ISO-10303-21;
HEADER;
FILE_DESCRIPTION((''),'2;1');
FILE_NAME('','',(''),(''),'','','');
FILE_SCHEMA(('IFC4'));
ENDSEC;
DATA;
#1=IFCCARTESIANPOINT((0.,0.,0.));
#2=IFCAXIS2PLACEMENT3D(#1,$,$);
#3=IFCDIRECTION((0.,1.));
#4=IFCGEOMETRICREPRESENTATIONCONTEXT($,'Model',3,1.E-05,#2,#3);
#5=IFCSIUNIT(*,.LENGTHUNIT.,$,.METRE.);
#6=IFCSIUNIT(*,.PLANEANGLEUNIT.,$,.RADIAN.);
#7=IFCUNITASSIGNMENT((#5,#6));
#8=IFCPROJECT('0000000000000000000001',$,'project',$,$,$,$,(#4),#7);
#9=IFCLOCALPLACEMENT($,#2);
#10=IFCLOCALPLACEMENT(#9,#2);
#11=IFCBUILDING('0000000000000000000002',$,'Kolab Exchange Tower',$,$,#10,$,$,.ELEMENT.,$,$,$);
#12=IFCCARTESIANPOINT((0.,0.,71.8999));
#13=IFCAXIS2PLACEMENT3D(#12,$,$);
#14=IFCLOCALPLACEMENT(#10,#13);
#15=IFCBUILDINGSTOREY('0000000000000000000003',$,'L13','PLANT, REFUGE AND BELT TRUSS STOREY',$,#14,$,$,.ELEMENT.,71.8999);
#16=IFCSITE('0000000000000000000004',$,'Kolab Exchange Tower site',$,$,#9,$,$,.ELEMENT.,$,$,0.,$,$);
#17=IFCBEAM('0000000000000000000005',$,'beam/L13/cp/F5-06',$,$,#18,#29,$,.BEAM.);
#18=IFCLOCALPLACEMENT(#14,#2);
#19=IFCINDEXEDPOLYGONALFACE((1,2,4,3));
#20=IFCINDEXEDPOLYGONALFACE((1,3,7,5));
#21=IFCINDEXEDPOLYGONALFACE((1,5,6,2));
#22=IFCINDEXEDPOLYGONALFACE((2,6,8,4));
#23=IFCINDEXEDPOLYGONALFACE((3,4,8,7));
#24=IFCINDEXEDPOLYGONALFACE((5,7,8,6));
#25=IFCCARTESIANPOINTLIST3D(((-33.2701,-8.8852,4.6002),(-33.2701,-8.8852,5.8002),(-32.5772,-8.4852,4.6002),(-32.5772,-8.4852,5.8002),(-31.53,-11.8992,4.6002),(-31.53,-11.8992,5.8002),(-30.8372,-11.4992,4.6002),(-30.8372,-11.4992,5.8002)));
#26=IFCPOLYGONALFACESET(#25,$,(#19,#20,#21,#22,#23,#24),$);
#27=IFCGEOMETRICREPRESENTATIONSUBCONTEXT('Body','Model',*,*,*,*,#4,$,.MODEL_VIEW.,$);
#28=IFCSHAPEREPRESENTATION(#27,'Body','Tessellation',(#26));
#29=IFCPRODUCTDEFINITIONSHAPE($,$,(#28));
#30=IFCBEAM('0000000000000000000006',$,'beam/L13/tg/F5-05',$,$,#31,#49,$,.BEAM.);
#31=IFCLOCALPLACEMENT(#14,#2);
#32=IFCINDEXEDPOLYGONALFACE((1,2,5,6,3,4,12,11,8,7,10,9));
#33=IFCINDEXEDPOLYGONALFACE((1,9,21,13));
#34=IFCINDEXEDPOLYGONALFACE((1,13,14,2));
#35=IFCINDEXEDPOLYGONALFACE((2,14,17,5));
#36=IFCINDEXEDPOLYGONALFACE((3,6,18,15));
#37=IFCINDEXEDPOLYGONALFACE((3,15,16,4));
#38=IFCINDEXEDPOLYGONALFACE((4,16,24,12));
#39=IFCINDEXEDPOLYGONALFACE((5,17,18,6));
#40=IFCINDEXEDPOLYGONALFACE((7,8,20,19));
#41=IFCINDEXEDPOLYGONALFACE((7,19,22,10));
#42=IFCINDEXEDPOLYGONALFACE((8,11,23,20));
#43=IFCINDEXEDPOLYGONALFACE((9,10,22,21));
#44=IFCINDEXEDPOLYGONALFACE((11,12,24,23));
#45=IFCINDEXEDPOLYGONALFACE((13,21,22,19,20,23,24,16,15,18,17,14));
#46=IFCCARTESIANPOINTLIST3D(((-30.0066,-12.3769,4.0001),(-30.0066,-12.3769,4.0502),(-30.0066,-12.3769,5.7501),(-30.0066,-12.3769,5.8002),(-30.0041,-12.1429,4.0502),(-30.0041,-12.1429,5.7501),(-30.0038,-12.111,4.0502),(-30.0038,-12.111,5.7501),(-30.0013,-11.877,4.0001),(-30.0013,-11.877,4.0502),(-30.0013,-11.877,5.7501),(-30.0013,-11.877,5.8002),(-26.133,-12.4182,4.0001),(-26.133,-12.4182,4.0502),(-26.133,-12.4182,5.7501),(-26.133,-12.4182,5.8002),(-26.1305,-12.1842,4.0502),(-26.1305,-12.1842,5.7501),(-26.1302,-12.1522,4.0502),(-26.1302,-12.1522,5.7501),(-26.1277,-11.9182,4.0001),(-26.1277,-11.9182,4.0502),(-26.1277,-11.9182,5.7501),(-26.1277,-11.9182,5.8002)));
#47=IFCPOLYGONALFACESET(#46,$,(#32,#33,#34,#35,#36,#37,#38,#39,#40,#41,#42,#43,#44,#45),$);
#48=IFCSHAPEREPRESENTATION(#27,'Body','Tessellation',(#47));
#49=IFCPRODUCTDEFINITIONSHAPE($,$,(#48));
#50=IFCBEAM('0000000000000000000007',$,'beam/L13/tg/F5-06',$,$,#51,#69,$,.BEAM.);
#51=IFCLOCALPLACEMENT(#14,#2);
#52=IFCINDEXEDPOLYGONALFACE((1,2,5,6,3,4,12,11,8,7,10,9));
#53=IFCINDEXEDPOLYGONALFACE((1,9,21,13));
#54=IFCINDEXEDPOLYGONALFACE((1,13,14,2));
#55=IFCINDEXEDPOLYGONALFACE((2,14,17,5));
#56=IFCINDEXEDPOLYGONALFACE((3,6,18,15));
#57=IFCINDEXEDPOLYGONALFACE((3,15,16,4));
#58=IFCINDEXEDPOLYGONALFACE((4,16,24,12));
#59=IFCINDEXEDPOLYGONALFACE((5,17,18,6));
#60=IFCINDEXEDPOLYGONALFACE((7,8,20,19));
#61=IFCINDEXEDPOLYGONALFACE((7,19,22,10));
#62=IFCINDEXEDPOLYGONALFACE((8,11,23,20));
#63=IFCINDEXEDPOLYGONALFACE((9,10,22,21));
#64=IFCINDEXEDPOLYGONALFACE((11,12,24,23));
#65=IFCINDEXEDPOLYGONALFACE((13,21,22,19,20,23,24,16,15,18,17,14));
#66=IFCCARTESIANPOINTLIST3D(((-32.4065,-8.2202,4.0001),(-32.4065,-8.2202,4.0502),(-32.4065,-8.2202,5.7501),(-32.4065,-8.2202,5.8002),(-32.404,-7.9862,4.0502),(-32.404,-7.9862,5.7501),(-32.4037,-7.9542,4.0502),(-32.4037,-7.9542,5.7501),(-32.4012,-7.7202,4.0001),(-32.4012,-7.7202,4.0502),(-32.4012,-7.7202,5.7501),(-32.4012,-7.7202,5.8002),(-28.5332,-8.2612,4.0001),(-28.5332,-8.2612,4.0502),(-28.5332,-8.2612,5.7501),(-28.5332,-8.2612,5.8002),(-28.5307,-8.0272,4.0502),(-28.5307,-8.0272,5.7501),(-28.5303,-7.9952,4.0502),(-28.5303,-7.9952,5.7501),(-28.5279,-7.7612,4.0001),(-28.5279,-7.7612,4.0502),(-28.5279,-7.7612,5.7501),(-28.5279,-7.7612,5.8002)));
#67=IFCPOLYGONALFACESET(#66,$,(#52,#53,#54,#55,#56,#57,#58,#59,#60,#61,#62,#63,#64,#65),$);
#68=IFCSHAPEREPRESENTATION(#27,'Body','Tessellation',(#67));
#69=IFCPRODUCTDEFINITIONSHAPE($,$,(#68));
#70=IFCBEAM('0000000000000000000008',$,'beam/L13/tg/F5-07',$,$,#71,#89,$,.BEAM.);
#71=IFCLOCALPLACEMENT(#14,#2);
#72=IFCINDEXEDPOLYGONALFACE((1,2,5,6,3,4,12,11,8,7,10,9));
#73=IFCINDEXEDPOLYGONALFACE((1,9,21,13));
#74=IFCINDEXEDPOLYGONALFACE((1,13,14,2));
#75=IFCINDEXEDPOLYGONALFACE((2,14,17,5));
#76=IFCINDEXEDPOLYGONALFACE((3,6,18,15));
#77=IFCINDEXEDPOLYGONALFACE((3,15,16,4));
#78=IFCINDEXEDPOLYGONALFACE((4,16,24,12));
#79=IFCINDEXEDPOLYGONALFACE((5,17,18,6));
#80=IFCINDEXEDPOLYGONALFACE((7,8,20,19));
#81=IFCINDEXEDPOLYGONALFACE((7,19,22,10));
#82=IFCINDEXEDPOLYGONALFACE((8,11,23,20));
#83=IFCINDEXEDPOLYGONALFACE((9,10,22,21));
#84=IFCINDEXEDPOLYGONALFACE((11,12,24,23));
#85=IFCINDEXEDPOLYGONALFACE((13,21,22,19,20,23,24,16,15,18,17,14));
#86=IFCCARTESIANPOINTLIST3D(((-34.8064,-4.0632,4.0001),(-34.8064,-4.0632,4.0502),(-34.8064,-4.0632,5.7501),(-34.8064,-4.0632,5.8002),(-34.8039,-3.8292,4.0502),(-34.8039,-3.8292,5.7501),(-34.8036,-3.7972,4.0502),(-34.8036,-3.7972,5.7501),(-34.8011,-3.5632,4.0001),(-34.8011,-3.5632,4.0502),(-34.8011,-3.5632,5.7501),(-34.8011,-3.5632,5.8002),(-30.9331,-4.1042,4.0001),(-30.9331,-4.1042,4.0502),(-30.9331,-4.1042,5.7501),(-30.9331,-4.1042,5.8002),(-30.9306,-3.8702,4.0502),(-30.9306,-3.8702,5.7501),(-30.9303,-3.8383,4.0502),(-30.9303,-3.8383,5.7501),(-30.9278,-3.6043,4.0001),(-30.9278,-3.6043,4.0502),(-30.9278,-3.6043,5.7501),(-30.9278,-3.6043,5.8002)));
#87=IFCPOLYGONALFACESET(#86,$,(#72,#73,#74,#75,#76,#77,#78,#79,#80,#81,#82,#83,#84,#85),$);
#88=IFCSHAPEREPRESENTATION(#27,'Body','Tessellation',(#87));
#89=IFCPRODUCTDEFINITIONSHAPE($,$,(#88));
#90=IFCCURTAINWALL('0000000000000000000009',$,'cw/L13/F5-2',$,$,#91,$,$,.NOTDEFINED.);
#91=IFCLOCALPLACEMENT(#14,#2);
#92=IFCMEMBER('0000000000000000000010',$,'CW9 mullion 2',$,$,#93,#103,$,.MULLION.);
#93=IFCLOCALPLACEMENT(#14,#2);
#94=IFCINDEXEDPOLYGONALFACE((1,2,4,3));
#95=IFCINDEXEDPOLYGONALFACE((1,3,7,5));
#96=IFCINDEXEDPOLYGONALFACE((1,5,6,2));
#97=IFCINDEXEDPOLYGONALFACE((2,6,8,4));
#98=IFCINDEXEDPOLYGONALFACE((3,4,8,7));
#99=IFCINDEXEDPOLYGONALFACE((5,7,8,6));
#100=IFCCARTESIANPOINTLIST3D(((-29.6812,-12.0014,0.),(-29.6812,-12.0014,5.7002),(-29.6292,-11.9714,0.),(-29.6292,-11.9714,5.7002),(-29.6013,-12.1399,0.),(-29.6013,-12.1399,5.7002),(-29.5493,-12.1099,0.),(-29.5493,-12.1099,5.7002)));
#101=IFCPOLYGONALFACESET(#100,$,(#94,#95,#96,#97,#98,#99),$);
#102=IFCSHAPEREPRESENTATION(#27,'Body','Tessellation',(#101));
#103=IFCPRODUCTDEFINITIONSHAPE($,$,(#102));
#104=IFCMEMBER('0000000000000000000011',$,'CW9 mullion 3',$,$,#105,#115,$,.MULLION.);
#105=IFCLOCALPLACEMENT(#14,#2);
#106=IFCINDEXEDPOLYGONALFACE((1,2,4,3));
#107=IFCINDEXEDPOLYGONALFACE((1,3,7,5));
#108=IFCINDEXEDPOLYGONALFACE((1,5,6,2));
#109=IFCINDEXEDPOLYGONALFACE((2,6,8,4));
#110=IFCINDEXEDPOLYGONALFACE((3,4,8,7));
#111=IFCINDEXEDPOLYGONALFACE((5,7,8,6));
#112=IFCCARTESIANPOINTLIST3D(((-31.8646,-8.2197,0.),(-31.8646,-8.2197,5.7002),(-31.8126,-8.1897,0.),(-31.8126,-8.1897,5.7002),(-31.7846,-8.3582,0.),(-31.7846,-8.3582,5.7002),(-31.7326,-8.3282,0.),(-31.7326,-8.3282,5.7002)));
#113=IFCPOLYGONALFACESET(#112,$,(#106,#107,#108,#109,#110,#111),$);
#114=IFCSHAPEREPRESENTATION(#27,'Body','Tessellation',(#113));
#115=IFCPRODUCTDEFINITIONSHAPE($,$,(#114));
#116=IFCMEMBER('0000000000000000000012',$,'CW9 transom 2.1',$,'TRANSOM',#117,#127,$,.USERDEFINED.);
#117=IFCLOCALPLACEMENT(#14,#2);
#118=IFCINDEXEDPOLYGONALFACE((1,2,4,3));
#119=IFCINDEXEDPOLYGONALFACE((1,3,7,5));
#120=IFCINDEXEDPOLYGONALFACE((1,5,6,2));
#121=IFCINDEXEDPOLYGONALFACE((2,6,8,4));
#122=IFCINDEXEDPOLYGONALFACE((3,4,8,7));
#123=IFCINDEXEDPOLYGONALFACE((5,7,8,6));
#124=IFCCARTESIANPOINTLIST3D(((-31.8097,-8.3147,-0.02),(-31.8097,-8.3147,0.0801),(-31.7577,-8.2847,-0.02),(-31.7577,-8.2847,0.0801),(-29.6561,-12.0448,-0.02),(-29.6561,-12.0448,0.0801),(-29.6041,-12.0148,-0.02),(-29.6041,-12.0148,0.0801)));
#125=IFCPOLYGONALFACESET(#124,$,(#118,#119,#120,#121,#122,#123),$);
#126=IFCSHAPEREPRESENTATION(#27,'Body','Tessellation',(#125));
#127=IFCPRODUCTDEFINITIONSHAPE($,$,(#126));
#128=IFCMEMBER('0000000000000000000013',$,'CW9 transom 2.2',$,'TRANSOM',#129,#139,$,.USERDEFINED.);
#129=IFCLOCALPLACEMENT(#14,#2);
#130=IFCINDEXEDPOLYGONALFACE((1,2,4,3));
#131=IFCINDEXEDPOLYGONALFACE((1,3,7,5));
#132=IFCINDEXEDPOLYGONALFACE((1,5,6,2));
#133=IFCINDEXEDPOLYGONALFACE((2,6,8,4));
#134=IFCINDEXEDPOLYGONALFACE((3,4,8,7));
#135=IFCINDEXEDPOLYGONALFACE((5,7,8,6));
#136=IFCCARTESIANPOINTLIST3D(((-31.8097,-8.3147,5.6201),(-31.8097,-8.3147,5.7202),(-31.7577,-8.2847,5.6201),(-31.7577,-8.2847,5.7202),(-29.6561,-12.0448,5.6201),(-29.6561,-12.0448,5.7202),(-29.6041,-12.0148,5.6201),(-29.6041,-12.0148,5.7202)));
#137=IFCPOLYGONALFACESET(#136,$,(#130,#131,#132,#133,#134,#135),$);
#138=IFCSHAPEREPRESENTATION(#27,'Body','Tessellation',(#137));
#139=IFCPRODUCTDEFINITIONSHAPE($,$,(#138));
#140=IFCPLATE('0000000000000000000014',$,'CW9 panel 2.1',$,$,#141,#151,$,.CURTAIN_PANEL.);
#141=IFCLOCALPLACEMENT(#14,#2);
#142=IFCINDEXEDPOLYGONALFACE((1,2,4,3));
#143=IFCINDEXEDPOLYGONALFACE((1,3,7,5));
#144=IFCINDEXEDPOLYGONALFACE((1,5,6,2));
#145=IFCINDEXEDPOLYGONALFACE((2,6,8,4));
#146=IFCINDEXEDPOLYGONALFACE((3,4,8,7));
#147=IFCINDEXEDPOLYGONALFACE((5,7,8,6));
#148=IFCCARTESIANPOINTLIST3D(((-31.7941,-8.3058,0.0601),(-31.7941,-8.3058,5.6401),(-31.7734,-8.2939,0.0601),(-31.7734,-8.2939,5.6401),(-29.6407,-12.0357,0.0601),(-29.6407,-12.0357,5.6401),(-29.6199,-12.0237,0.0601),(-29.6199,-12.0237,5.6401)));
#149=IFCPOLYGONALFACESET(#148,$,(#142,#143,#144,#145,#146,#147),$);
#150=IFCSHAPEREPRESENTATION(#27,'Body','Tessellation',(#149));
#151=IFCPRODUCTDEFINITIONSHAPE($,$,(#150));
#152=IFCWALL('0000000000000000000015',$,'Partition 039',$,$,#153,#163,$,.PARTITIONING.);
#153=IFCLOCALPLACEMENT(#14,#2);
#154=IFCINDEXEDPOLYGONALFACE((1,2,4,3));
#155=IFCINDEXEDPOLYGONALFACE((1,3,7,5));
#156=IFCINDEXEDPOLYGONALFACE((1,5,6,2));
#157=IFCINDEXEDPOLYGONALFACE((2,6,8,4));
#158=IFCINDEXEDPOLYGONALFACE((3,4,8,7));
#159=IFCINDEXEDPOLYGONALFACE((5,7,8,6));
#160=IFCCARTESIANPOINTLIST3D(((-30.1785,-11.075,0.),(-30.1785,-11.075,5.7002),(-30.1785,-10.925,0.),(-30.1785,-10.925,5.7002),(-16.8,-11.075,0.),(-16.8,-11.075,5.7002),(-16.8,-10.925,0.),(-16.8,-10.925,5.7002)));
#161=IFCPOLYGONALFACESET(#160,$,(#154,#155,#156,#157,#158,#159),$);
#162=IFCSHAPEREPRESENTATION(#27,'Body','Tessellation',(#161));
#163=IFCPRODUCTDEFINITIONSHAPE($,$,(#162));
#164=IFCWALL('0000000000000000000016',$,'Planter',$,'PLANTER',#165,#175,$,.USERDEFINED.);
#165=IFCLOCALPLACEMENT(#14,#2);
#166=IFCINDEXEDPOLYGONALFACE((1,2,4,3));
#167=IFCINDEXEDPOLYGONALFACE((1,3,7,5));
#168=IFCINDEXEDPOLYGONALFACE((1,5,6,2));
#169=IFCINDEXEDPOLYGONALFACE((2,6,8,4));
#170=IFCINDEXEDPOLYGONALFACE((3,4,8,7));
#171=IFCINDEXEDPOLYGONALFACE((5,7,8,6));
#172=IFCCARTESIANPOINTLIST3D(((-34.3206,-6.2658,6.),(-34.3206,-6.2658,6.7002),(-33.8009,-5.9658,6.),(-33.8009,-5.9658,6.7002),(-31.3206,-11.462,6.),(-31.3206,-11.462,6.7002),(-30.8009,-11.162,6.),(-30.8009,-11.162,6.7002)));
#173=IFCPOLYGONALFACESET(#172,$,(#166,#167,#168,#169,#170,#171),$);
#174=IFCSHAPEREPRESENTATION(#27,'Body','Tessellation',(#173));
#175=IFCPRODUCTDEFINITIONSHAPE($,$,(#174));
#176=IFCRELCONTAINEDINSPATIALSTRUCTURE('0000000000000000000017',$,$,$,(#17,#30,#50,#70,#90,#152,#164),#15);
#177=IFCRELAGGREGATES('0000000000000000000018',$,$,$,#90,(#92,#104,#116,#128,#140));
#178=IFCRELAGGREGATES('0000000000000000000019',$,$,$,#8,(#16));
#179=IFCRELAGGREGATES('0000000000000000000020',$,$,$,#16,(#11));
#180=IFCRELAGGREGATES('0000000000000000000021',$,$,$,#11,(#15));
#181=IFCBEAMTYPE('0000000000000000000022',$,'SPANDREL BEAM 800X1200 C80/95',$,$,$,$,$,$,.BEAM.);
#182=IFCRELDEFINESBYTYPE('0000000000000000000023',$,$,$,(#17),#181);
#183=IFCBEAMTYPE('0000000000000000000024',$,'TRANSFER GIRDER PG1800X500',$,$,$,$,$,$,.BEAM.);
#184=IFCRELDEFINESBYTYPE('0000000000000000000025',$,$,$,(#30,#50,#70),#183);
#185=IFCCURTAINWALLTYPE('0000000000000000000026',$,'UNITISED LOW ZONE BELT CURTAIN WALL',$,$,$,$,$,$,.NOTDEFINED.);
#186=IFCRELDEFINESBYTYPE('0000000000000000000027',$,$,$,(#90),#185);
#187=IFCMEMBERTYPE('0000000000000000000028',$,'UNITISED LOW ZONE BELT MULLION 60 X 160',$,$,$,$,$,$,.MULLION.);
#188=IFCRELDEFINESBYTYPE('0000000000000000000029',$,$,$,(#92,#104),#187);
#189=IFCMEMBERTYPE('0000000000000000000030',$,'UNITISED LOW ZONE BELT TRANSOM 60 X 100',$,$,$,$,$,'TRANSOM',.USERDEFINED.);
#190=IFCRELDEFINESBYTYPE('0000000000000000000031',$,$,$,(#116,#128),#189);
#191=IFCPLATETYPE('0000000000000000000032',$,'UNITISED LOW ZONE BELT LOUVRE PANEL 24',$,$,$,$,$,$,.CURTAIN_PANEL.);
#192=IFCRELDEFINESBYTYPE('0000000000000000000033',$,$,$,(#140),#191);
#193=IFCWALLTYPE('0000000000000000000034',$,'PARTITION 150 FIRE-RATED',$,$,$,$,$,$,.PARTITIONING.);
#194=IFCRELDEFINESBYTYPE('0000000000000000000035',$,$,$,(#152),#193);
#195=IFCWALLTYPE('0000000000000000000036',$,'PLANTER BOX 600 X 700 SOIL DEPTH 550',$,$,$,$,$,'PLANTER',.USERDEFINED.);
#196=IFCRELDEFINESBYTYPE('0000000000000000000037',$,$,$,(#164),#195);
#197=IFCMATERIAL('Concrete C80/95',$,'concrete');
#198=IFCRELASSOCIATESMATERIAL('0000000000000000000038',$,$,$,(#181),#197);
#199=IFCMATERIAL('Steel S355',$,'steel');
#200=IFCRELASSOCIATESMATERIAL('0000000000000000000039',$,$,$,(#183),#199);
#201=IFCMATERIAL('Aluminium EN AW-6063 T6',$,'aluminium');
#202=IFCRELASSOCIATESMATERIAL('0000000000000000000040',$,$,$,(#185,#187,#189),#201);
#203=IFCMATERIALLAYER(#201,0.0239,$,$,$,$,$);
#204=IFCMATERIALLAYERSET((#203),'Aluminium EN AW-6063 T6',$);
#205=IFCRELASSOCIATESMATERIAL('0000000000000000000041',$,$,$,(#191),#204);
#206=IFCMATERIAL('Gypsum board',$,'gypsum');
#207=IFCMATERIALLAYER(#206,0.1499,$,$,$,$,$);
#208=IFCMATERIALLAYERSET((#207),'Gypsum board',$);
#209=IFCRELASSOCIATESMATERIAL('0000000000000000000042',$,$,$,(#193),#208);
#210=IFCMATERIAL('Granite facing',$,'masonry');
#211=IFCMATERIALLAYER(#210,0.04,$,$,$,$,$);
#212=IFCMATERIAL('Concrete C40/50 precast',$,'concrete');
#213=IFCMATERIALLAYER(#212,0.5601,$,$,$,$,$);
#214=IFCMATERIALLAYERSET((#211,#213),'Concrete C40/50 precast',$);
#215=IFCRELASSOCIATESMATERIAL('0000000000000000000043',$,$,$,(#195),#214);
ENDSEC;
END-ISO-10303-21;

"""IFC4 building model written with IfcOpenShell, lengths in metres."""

from ifc_helpers import new_model, si_unit, direction, frame, frame_2d, origin, origin_2d, place, context, subcontext, project, spatial, rectangle, i_section, extrude, material, layer, layer_set, material_profile, profile_set, type_object, element, aggregate, save


model = new_model("IFC4")

# Units and contexts
model_context = context("Model", 3, precision=1e-05, world=origin(), true_north=direction((0.0, 1.0)))
body_context = subcontext(model_context, "Body", "Model", "MODEL_VIEW")
ifc_project = project(units=[si_unit("LENGTHUNIT", "METRE"), si_unit("PLANEANGLEUNIT", "RADIAN")], contexts=[model_context])

# Site, building, storey
site_placement = place(None, origin())
site = spatial("IfcSite", under=ifc_project, at=site_placement, Name="Kolab Exchange Tower site", CompositionType="ELEMENT", RefElevation=0.0)
building_placement = place(site_placement, origin())
building = spatial("IfcBuilding", under=site, at=building_placement, Name="Kolab Exchange Tower", CompositionType="ELEMENT")
storey_placement = place(building_placement, frame((0.0, 0.0, 71.8999)))
storey = spatial("IfcBuildingStorey", under=building, at=storey_placement, Name="L13", Description="PLANT, REFUGE AND BELT TRUSS STOREY", CompositionType="ELEMENT", Elevation=71.8999)

# Shared definitions
ifc_material_1 = material(Name="Concrete C80/95", Category="concrete")

# Shared definitions
ifc_material_2 = material(Name="Steel S355", Category="steel")

# Beams
ifc_material_profile_1 = material_profile(ifc_material_1, rectangle(XDim=0.8, YDim=1.2, at=origin_2d()), Name="RC800X1200")
ifc_profile_set_1 = profile_set([ifc_material_profile_1], Name="Concrete C80/95")
beam_type_1 = type_object("IfcBeamType", Name="SPANDREL BEAM 800X1200 C80/95", PredefinedType="BEAM", material=ifc_profile_set_1)
for number, where, z_axis, x_axis, name in (
    (1, (-31.1836, -11.6992, 5.2002), (-0.49998, 0.866037, 0.0), (-0.866037, -0.49998, 0.0), "beam/L13/cp/F5-06"),
):
    element("IfcBeam", number, at=place(storey_placement, frame(where, z_axis=z_axis, x_axis=x_axis)), inside=storey, type_object=beam_type_1, Name=name, PredefinedType="BEAM", context=body_context, shape_type="SweptSolid", body=[
        extrude(rectangle(XDim=0.8, YDim=1.2, at=origin_2d()), origin(), (0.0, 0.0, 1.0), 3.4802),
    ])
ifc_material_profile_2 = material_profile(ifc_material_2, i_section(OverallWidth=0.5, OverallDepth=1.8, WebThickness=0.032, FlangeThickness=0.05, at=origin_2d()), Name="PG1800X500")
ifc_profile_set_2 = profile_set([ifc_material_profile_2], Name="Steel S355")
beam_type_2 = type_object("IfcBeamType", Name="TRANSFER GIRDER PG1800X500", PredefinedType="BEAM", material=ifc_profile_set_2)
beam_1_placement = place(storey_placement, frame((-26.1304, -12.1682, 4.9001), z_axis=(-0.999943, 0.010651, 0.0), x_axis=(-0.010651, -0.999943, 0.0)))
element("IfcBeam", 2, at=beam_1_placement, inside=storey, type_object=beam_type_2, Name="beam/L13/tg/F5-05", PredefinedType="BEAM", context=body_context, shape_type="SweptSolid", body=[
    extrude(i_section(OverallWidth=0.5, OverallDepth=1.8, WebThickness=0.032, FlangeThickness=0.05, at=origin_2d()), origin(), (0.0, 0.0, 1.0), 3.8738),
])
for number, where, z_axis, x_axis, name in (
    (3, (-28.5305, -8.0112, 4.9001), (-0.999944, 0.010589, 0.0), (-0.010589, -0.999944, 0.0), "beam/L13/tg/F5-06"),
    (4, (-30.9304, -3.8542, 4.9001), (-0.999944, 0.010589, 0.0), (-0.010589, -0.999944, 0.0), "beam/L13/tg/F5-07"),
):
    element("IfcBeam", number, at=place(storey_placement, frame(where, z_axis=z_axis, x_axis=x_axis)), inside=storey, type_object=beam_type_2, Name=name, PredefinedType="BEAM", context=body_context, shape_type="SweptSolid", body=[
        extrude(i_section(OverallWidth=0.5, OverallDepth=1.8, WebThickness=0.032, FlangeThickness=0.05, at=origin_2d()), origin(), (0.0, 0.0, 1.0), 3.8735),
    ])

# Curtain wall, members, plate
ifc_material_3 = material(Name="Aluminium EN AW-6063 T6", Category="aluminium")
curtain_wall_type = type_object("IfcCurtainWallType", Name="UNITISED LOW ZONE BELT CURTAIN WALL", PredefinedType="NOTDEFINED", material=ifc_material_3)
curtain_wall_placement = place(storey_placement, origin())
curtain_wall = element("IfcCurtainWall", 5, at=curtain_wall_placement, inside=storey, type_object=curtain_wall_type, Name="cw/L13/F5-2", PredefinedType="NOTDEFINED")
ifc_material_profile_3 = material_profile(ifc_material_3, rectangle(XDim=0.0601, YDim=0.1599, at=origin_2d()), Name="RECT 60X160")
ifc_profile_set_3 = profile_set([ifc_material_profile_3], Name="Aluminium EN AW-6063 T6")
member_type_1 = type_object("IfcMemberType", Name="UNITISED LOW ZONE BELT MULLION 60 X 160", PredefinedType="MULLION", material=ifc_profile_set_3)
member_1_placement = place(storey_placement, frame((-29.6152, -12.0557, 0.0), z_axis=(0.0, 0.0, 1.0), x_axis=(-0.866025, -0.5, 0.0)))
member_1 = element("IfcMember", 6, at=member_1_placement, type_object=member_type_1, Name="CW9 mullion 2", PredefinedType="MULLION", context=body_context, shape_type="SweptSolid", body=[
    extrude(rectangle(XDim=0.0601, YDim=0.1599, at=origin_2d()), origin(), (0.0, 0.0, 1.0), 5.7002),
])
member_2_placement = place(storey_placement, frame((-31.7986, -8.2739, 0.0), z_axis=(0.0, 0.0, 1.0), x_axis=(-0.866025, -0.5, 0.0)))
member_2 = element("IfcMember", 7, at=member_2_placement, type_object=member_type_1, Name="CW9 mullion 3", PredefinedType="MULLION", context=body_context, shape_type="SweptSolid", body=[
    extrude(rectangle(XDim=0.0601, YDim=0.1599, at=origin_2d()), origin(), (0.0, 0.0, 1.0), 5.7002),
])
ifc_material_profile_4 = material_profile(ifc_material_3, rectangle(XDim=0.0601, YDim=0.1001, at=origin_2d()), Name="RECT 60X100")
ifc_profile_set_4 = profile_set([ifc_material_profile_4], Name="Aluminium EN AW-6063 T6")
member_type_2 = type_object("IfcMemberType", Name="UNITISED LOW ZONE BELT TRANSOM 60 X 100", ElementType="TRANSOM", PredefinedType="USERDEFINED", material=ifc_profile_set_4)
member_3_placement = place(storey_placement, frame((-29.6301, -12.0298, 0.03), z_axis=(-0.50001, 0.866019, 0.0), x_axis=(-0.866019, -0.50001, 0.0)))
member_3 = element("IfcMember", 8, at=member_3_placement, type_object=member_type_2, Name="CW9 transom 2.1", ObjectType="TRANSOM", PredefinedType="USERDEFINED", context=body_context, shape_type="SweptSolid", body=[
    extrude(rectangle(XDim=0.0601, YDim=0.1001, at=origin_2d()), origin(), (0.0, 0.0, 1.0), 4.3071),
])
member_4_placement = place(storey_placement, frame((-29.6301, -12.0298, 5.6702), z_axis=(-0.50001, 0.866019, 0.0), x_axis=(-0.866019, -0.50001, 0.0)))
member_4 = element("IfcMember", 9, at=member_4_placement, type_object=member_type_2, Name="CW9 transom 2.2", ObjectType="TRANSOM", PredefinedType="USERDEFINED", context=body_context, shape_type="SweptSolid", body=[
    extrude(rectangle(XDim=0.0601, YDim=0.1001, at=origin_2d()), origin(), (0.0, 0.0, 1.0), 4.3071),
])
ifc_layer_1 = layer(ifc_material_3, 0.0239)
ifc_layer_set_1 = layer_set([ifc_layer_1], Name="Aluminium EN AW-6063 T6")
plate_type = type_object("IfcPlateType", Name="UNITISED LOW ZONE BELT LOUVRE PANEL 24", PredefinedType="CURTAIN_PANEL", material=ifc_layer_set_1)
plate_placement = place(storey_placement, frame((-30.707, -10.1648, 0.0601), z_axis=(0.0, 0.0, 1.0), x_axis=(-0.5, 0.866025, 0.0)))
plate = element("IfcPlate", 10, at=plate_placement, type_object=plate_type, Name="CW9 panel 2.1", PredefinedType="CURTAIN_PANEL", context=body_context, shape_type="SweptSolid", body=[
    extrude(rectangle(XDim=4.3069, YDim=0.0239, at=origin_2d()), origin(), (0.0, 0.0, 1.0), 5.5801),
])
aggregate(curtain_wall, [member_1, member_2, member_3, member_4, plate])

# Walls
ifc_material_4 = material(Name="Gypsum board", Category="gypsum")
ifc_layer_2 = layer(ifc_material_4, 0.1499)
ifc_layer_set_2 = layer_set([ifc_layer_2], Name="Gypsum board")
wall_type_1 = type_object("IfcWallType", Name="PARTITION 150 FIRE-RATED", PredefinedType="PARTITIONING", material=ifc_layer_set_2)
wall_1_placement = place(storey_placement, frame((-30.1785, -11.0, 0.0), z_axis=(0.0, 0.0, 1.0), x_axis=(1.0, 0.0, 0.0)))
element("IfcWall", 11, at=wall_1_placement, inside=storey, type_object=wall_type_1, Name="Partition 039", PredefinedType="PARTITIONING", context=body_context, shape_type="SweptSolid", body=[
    extrude(rectangle(XDim=13.3784, YDim=0.1499, at=frame_2d((6.6892, 0.0))), origin(), (0.0, 0.0, 1.0), 5.7002),
])
ifc_material_5 = material(Name="Granite facing", Category="masonry")
ifc_layer_3 = layer(ifc_material_5, 0.04)
ifc_material_6 = material(Name="Concrete C40/50 precast", Category="concrete")
ifc_layer_4 = layer(ifc_material_6, 0.5601)
ifc_layer_set_3 = layer_set([ifc_layer_3, ifc_layer_4], Name="Concrete C40/50 precast")
wall_type_2 = type_object("IfcWallType", Name="PLANTER BOX 600 X 700 SOIL DEPTH 550", ElementType="PLANTER", PredefinedType="USERDEFINED", material=ifc_layer_set_3)
wall_2_placement = place(storey_placement, frame((-31.0608, -11.312, 6.0), z_axis=(0.0, 0.0, 1.0), x_axis=(-0.49999, 0.866031, 0.0)))
element("IfcWall", 12, at=wall_2_placement, inside=storey, type_object=wall_type_2, Name="Planter", ObjectType="PLANTER", PredefinedType="USERDEFINED", context=body_context, shape_type="SweptSolid", body=[
    extrude(rectangle(XDim=6.0, YDim=0.6001, at=frame_2d((3.0, 0.0))), origin(), (0.0, 0.0, 1.0), 0.7002),
])

save(model, "model.ifc")
